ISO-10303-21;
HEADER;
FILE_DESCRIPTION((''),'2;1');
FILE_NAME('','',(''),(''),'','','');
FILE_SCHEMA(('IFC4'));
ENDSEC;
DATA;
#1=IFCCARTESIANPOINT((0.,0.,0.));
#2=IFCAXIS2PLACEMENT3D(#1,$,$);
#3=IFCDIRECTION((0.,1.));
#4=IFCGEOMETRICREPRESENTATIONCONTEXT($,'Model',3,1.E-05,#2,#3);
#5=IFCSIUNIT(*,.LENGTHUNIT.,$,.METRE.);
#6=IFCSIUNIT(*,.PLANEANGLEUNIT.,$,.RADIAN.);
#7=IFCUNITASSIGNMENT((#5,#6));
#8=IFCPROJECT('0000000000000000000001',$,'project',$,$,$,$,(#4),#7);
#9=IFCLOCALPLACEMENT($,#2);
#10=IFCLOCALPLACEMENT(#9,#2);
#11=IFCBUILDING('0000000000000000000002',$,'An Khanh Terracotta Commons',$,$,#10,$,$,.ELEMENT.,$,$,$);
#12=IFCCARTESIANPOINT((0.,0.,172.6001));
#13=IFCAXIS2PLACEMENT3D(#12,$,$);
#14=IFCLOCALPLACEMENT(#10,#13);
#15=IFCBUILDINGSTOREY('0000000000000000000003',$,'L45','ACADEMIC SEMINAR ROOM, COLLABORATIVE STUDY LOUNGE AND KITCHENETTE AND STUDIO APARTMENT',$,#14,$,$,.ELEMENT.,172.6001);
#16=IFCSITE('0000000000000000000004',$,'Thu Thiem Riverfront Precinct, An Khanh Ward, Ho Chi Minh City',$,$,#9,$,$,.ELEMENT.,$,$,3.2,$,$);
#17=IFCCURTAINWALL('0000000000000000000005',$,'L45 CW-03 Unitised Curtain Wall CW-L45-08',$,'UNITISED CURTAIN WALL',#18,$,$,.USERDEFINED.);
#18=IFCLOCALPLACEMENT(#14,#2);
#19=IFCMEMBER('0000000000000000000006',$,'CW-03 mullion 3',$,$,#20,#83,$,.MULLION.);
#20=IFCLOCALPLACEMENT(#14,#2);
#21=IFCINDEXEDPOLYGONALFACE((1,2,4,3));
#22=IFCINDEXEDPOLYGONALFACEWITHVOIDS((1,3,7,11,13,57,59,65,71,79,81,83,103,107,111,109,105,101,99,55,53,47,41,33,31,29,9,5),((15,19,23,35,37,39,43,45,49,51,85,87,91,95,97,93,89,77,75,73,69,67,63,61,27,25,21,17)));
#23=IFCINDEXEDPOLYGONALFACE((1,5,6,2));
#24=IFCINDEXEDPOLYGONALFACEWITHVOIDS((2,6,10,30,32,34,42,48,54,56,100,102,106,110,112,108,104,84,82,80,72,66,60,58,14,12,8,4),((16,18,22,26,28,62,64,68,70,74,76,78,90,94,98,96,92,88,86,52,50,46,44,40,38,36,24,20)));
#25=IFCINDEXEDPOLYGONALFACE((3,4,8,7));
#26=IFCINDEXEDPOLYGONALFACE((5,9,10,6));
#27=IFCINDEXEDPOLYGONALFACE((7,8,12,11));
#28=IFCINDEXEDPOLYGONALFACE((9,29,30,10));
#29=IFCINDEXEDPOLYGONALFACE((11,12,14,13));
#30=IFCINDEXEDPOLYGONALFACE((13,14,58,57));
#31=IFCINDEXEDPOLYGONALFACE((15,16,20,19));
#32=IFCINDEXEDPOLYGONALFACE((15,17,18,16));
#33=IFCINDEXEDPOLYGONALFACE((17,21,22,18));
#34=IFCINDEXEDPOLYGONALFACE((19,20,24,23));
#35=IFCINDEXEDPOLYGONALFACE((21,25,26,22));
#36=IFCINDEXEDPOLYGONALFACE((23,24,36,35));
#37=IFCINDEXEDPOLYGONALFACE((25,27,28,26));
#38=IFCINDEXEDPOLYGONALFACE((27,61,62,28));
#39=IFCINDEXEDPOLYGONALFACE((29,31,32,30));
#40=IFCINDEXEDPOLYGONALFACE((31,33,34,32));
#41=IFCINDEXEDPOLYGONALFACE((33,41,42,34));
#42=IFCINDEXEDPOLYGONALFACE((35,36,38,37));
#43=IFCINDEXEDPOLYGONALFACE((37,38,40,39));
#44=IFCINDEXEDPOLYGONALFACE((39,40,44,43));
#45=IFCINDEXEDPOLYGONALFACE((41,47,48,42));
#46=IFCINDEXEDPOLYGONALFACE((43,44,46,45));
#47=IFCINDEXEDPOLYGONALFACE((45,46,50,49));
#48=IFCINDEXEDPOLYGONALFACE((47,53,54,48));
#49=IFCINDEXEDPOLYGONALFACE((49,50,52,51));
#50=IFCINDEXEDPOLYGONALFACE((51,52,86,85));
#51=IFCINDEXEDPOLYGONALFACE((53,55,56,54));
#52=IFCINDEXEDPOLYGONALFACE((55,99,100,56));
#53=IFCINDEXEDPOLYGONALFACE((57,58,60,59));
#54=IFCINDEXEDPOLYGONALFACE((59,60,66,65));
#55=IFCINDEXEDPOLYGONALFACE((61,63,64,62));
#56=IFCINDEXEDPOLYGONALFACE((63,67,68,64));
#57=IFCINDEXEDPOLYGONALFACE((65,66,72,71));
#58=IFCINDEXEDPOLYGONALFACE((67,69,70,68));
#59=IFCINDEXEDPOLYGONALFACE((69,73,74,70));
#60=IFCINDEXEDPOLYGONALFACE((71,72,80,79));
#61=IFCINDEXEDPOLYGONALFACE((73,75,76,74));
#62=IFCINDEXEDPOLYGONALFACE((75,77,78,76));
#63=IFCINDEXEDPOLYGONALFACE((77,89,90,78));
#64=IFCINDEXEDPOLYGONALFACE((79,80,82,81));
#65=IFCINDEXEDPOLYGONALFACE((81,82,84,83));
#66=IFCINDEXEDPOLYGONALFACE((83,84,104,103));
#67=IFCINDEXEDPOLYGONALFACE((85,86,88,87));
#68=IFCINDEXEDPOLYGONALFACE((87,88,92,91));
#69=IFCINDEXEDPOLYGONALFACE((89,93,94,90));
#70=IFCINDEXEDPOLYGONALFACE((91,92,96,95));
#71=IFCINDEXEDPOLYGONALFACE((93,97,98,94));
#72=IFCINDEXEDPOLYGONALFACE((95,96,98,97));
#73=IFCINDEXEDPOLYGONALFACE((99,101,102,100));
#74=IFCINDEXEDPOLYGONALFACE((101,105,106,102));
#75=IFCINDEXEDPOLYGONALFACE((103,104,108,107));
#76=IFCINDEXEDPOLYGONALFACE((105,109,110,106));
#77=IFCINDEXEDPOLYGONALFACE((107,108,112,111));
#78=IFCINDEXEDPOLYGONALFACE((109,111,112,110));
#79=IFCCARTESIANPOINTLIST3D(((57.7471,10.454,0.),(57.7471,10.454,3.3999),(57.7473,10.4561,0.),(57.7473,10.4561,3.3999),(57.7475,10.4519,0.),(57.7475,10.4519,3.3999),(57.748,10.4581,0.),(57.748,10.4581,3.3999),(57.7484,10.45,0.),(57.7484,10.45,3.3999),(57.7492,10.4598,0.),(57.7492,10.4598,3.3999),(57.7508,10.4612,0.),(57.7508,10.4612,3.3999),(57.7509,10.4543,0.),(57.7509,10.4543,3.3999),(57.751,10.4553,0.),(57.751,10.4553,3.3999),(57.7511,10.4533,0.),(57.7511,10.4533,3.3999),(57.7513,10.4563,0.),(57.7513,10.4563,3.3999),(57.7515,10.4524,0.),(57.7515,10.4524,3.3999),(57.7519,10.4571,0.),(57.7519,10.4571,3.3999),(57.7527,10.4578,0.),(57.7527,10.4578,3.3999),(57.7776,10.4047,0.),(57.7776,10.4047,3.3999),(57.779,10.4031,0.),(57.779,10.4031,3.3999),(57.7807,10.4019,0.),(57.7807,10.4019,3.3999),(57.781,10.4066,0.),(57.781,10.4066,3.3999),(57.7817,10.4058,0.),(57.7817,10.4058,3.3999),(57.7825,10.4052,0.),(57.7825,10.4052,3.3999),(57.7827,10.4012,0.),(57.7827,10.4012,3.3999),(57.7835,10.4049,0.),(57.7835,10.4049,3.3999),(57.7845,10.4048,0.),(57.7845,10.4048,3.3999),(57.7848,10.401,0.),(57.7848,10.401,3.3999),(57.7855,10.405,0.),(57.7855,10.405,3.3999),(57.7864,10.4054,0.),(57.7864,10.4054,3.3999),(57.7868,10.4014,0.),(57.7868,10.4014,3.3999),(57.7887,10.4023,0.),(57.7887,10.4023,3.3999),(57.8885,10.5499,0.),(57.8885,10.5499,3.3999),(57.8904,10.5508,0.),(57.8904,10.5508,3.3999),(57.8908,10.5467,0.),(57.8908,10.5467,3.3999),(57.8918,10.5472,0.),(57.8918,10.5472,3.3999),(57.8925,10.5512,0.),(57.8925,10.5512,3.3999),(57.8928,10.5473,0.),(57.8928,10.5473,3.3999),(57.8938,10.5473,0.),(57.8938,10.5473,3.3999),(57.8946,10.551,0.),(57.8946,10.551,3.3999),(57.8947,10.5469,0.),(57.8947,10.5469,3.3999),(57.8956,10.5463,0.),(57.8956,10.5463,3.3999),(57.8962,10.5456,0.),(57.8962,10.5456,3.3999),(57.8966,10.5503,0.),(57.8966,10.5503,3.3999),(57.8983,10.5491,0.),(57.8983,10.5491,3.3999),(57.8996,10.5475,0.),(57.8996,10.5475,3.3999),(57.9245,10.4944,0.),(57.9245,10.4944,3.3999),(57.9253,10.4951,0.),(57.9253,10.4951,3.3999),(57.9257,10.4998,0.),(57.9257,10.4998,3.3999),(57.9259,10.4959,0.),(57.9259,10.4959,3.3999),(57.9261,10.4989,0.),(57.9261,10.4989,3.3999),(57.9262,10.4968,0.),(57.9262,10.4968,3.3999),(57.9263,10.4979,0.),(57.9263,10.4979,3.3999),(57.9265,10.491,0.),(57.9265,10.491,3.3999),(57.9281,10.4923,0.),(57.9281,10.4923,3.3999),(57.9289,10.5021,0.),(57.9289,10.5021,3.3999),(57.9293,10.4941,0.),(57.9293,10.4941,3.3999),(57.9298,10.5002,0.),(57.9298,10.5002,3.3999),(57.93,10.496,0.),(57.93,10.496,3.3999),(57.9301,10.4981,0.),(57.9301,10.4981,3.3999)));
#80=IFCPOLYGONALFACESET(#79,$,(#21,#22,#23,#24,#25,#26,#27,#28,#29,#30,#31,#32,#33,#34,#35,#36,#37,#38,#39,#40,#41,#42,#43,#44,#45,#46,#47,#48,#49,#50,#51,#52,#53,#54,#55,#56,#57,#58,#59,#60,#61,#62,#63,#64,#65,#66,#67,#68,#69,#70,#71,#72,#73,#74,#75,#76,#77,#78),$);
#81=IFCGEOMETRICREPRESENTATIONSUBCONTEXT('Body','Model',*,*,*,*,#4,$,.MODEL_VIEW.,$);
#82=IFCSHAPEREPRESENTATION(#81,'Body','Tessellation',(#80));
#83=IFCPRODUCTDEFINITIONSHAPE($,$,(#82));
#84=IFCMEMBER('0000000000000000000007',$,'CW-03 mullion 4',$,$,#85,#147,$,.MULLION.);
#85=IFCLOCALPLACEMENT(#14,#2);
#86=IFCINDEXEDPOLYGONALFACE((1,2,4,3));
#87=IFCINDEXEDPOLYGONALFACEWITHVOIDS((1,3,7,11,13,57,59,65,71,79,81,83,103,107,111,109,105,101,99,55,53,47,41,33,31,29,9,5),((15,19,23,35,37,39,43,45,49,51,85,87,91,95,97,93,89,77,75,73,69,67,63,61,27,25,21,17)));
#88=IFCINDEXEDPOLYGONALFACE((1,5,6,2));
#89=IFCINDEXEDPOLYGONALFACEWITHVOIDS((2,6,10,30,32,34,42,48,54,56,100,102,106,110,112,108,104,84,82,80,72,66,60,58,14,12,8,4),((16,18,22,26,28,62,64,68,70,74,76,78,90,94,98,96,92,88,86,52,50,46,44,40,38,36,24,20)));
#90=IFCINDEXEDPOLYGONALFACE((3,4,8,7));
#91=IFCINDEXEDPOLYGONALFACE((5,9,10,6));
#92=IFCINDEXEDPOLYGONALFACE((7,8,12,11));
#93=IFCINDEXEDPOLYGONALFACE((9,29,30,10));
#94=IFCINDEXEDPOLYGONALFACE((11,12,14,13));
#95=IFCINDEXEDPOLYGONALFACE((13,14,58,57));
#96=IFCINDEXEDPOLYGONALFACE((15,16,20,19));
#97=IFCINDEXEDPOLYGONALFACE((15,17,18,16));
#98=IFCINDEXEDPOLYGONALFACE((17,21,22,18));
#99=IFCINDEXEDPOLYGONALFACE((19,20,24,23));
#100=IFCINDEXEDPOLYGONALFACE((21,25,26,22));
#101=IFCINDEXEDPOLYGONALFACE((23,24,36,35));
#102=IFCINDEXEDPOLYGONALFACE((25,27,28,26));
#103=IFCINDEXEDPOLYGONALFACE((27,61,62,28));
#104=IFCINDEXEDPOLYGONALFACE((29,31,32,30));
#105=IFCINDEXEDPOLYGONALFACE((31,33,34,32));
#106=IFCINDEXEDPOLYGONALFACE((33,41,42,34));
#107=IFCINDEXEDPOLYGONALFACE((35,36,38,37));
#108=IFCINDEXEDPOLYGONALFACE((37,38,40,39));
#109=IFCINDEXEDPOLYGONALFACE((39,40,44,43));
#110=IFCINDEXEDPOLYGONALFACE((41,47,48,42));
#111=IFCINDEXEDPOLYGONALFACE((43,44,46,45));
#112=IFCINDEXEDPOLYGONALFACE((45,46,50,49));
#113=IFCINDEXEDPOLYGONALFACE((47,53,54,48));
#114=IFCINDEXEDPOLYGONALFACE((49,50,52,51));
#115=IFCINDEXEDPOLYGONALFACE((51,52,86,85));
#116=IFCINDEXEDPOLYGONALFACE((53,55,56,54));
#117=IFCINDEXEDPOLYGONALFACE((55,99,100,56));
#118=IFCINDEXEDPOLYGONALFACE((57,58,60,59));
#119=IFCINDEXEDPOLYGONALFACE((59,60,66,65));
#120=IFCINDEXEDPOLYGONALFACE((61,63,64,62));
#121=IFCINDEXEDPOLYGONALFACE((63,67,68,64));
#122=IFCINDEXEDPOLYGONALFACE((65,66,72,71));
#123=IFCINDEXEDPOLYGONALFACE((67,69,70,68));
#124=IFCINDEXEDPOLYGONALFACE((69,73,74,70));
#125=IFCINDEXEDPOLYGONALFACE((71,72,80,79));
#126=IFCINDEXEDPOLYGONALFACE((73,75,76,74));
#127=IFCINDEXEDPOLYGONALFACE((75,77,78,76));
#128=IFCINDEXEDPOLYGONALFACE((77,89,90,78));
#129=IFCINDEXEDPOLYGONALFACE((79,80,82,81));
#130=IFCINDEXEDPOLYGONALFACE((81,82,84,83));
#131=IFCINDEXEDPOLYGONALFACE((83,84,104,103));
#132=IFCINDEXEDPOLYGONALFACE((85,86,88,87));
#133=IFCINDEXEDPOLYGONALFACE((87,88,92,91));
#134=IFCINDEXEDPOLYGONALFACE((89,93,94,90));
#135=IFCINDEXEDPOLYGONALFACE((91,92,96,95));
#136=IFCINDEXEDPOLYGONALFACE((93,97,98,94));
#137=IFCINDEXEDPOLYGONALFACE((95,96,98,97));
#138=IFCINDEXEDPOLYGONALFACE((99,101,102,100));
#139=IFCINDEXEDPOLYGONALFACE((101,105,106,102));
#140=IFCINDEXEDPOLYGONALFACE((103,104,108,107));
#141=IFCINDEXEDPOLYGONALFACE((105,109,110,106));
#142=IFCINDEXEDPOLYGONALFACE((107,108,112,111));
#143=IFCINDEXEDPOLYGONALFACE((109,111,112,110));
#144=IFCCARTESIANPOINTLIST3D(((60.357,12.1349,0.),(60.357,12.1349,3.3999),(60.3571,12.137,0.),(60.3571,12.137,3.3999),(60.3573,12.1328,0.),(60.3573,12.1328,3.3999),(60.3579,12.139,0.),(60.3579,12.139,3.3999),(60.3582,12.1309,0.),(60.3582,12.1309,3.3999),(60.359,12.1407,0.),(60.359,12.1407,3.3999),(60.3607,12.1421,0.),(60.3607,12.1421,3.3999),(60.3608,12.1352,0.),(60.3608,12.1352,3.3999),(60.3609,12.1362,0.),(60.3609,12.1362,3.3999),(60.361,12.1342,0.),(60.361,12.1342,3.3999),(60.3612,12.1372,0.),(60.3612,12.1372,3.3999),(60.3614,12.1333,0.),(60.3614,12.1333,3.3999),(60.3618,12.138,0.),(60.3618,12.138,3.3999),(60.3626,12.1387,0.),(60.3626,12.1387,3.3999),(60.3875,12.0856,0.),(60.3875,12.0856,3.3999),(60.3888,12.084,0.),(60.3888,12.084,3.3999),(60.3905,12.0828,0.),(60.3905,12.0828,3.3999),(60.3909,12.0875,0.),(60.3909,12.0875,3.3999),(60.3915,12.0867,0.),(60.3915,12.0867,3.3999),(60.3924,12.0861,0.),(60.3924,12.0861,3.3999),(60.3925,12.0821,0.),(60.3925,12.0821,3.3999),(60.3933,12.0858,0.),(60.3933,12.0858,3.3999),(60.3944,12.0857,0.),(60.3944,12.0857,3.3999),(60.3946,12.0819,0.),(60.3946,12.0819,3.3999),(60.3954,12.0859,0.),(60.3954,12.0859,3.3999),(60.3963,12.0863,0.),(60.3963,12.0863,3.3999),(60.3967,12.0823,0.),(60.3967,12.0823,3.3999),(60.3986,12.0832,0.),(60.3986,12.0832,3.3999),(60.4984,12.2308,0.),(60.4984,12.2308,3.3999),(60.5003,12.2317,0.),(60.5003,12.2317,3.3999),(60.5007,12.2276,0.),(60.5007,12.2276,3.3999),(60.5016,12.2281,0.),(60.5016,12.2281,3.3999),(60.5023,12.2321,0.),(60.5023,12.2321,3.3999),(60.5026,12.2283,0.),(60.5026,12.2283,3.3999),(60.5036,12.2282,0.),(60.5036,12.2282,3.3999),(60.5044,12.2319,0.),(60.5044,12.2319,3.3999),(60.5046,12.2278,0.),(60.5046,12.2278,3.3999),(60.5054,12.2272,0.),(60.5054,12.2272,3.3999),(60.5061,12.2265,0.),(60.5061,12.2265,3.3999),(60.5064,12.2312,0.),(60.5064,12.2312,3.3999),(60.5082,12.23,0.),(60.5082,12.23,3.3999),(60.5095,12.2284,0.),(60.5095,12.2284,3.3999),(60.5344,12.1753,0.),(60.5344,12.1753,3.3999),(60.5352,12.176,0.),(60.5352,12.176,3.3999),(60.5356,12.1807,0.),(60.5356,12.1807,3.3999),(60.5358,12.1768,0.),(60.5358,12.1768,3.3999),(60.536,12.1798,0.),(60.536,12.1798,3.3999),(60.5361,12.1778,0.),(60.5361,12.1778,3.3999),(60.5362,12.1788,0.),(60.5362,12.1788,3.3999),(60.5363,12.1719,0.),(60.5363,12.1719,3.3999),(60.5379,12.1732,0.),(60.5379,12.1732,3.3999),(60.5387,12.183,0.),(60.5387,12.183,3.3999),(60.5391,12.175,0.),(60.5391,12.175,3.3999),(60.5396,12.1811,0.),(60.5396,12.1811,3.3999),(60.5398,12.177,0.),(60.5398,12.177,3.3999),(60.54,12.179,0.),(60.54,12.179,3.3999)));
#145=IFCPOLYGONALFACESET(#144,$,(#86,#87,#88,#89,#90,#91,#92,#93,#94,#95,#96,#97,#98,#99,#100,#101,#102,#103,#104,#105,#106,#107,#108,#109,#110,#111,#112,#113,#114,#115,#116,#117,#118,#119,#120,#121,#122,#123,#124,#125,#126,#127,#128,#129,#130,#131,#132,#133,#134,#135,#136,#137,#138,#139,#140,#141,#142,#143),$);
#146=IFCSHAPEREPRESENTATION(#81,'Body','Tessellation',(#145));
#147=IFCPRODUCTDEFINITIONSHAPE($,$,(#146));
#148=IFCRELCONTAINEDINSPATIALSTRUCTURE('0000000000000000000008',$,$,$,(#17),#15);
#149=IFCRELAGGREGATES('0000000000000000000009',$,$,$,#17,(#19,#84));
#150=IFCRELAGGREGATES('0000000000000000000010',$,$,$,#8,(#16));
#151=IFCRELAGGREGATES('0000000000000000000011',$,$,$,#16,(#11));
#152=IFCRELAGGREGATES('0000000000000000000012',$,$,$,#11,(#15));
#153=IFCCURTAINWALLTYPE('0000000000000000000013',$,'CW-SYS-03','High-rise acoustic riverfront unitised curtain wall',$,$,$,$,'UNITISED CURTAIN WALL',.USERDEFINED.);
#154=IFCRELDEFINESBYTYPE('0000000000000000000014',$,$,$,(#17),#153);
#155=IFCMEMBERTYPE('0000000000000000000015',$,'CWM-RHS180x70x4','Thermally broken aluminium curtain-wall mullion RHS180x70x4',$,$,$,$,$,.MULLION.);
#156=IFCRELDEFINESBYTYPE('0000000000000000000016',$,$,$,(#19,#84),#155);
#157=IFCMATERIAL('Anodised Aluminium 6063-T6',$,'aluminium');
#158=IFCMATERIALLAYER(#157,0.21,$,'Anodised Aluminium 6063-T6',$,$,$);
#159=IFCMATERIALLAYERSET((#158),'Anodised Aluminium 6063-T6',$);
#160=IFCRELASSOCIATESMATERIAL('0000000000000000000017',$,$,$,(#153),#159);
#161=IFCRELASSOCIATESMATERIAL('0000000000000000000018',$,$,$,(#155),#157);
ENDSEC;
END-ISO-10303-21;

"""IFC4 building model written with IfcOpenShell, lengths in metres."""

from ifc_helpers import new_model, si_unit, direction, frame, origin, origin_2d, place, context, subcontext, project, spatial, hollow_rectangle, extrude, material, layer, layer_set, material_profile, profile_set, type_object, element, aggregate, save


model = new_model("IFC4")

# Units and contexts
model_context = context("Model", 3, precision=1e-05, world=origin(), true_north=direction((0.0, 1.0)))
body_context = subcontext(model_context, "Body", "Model", "MODEL_VIEW")
ifc_project = project(units=[si_unit("LENGTHUNIT", "METRE"), si_unit("PLANEANGLEUNIT", "RADIAN")], contexts=[model_context])

# Site, building, storey
site_placement = place(None, origin())
site = spatial("IfcSite", under=ifc_project, at=site_placement, Name="Thu Thiem Riverfront Precinct, An Khanh Ward, Ho Chi Minh City", CompositionType="ELEMENT", RefElevation=3.2)
building_placement = place(site_placement, origin())
building = spatial("IfcBuilding", under=site, at=building_placement, Name="An Khanh Terracotta Commons", CompositionType="ELEMENT")
storey_placement = place(building_placement, frame((0.0, 0.0, 172.6001)))
storey = spatial("IfcBuildingStorey", under=building, at=storey_placement, Name="L45", Description="ACADEMIC SEMINAR ROOM, COLLABORATIVE STUDY LOUNGE AND KITCHENETTE AND STUDIO APARTMENT", CompositionType="ELEMENT", Elevation=172.6001)

# Curtain wall, members
ifc_material_1 = material(Name="Anodised Aluminium 6063-T6", Category="aluminium")
ifc_layer_1 = layer(ifc_material_1, 0.21, Name="Anodised Aluminium 6063-T6")
ifc_layer_set_1 = layer_set([ifc_layer_1], Name="Anodised Aluminium 6063-T6")
curtain_wall_type_1 = type_object("IfcCurtainWallType", Name="CW-SYS-03", Description="High-rise acoustic riverfront unitised curtain wall", ElementType="UNITISED CURTAIN WALL", PredefinedType="USERDEFINED", material=ifc_layer_set_1)
curtain_wall_1_placement = place(storey_placement, origin())
curtain_wall_1 = element("IfcCurtainWall", 1, at=curtain_wall_1_placement, inside=storey, type_object=curtain_wall_type_1, Name="L45 CW-03 Unitised Curtain Wall CW-L45-08", ObjectType="UNITISED CURTAIN WALL", PredefinedType="USERDEFINED")
ifc_material_profile_1 = material_profile(ifc_material_1, hollow_rectangle(XDim=0.0701, YDim=0.1799, WallThickness=0.0039, InnerFilletRadius=0.0039, OuterFilletRadius=0.0081, at=origin_2d()), Name="RHS180x70x4")
ifc_profile_set_1 = profile_set([ifc_material_profile_1], Name="Anodised Aluminium 6063-T6")
member_type_1 = type_object("IfcMemberType", Name="CWM-RHS180x70x4", Description="Thermally broken aluminium curtain-wall mullion RHS180x70x4", PredefinedType="MULLION", material=ifc_profile_set_1)
member_1_placement = place(storey_placement, frame((57.8386, 10.4761, 0.0), z_axis=(0.0, 0.0, 1.0), x_axis=(-0.541498, 0.840702, 0.0)))
member_1 = element("IfcMember", 2, at=member_1_placement, type_object=member_type_1, Name="CW-03 mullion 3", PredefinedType="MULLION", context=body_context, shape_type="SweptSolid", body=[
    extrude(hollow_rectangle(XDim=0.0701, YDim=0.1799, WallThickness=0.0039, InnerFilletRadius=0.0039, OuterFilletRadius=0.0081, at=origin_2d()), origin(), (0.0, 0.0, 1.0), 3.3999),
])
member_2_placement = place(storey_placement, frame((60.4485, 12.157, 0.0), z_axis=(0.0, 0.0, 1.0), x_axis=(-0.541498, 0.840702, 0.0)))
member_2 = element("IfcMember", 3, at=member_2_placement, type_object=member_type_1, Name="CW-03 mullion 4", PredefinedType="MULLION", context=body_context, shape_type="SweptSolid", body=[
    extrude(hollow_rectangle(XDim=0.0701, YDim=0.1799, WallThickness=0.0039, InnerFilletRadius=0.0039, OuterFilletRadius=0.0081, at=origin_2d()), origin(), (0.0, 0.0, 1.0), 3.3999),
])

aggregate(curtain_wall_1, [member_1, member_2])

save(model, "model.ifc")
